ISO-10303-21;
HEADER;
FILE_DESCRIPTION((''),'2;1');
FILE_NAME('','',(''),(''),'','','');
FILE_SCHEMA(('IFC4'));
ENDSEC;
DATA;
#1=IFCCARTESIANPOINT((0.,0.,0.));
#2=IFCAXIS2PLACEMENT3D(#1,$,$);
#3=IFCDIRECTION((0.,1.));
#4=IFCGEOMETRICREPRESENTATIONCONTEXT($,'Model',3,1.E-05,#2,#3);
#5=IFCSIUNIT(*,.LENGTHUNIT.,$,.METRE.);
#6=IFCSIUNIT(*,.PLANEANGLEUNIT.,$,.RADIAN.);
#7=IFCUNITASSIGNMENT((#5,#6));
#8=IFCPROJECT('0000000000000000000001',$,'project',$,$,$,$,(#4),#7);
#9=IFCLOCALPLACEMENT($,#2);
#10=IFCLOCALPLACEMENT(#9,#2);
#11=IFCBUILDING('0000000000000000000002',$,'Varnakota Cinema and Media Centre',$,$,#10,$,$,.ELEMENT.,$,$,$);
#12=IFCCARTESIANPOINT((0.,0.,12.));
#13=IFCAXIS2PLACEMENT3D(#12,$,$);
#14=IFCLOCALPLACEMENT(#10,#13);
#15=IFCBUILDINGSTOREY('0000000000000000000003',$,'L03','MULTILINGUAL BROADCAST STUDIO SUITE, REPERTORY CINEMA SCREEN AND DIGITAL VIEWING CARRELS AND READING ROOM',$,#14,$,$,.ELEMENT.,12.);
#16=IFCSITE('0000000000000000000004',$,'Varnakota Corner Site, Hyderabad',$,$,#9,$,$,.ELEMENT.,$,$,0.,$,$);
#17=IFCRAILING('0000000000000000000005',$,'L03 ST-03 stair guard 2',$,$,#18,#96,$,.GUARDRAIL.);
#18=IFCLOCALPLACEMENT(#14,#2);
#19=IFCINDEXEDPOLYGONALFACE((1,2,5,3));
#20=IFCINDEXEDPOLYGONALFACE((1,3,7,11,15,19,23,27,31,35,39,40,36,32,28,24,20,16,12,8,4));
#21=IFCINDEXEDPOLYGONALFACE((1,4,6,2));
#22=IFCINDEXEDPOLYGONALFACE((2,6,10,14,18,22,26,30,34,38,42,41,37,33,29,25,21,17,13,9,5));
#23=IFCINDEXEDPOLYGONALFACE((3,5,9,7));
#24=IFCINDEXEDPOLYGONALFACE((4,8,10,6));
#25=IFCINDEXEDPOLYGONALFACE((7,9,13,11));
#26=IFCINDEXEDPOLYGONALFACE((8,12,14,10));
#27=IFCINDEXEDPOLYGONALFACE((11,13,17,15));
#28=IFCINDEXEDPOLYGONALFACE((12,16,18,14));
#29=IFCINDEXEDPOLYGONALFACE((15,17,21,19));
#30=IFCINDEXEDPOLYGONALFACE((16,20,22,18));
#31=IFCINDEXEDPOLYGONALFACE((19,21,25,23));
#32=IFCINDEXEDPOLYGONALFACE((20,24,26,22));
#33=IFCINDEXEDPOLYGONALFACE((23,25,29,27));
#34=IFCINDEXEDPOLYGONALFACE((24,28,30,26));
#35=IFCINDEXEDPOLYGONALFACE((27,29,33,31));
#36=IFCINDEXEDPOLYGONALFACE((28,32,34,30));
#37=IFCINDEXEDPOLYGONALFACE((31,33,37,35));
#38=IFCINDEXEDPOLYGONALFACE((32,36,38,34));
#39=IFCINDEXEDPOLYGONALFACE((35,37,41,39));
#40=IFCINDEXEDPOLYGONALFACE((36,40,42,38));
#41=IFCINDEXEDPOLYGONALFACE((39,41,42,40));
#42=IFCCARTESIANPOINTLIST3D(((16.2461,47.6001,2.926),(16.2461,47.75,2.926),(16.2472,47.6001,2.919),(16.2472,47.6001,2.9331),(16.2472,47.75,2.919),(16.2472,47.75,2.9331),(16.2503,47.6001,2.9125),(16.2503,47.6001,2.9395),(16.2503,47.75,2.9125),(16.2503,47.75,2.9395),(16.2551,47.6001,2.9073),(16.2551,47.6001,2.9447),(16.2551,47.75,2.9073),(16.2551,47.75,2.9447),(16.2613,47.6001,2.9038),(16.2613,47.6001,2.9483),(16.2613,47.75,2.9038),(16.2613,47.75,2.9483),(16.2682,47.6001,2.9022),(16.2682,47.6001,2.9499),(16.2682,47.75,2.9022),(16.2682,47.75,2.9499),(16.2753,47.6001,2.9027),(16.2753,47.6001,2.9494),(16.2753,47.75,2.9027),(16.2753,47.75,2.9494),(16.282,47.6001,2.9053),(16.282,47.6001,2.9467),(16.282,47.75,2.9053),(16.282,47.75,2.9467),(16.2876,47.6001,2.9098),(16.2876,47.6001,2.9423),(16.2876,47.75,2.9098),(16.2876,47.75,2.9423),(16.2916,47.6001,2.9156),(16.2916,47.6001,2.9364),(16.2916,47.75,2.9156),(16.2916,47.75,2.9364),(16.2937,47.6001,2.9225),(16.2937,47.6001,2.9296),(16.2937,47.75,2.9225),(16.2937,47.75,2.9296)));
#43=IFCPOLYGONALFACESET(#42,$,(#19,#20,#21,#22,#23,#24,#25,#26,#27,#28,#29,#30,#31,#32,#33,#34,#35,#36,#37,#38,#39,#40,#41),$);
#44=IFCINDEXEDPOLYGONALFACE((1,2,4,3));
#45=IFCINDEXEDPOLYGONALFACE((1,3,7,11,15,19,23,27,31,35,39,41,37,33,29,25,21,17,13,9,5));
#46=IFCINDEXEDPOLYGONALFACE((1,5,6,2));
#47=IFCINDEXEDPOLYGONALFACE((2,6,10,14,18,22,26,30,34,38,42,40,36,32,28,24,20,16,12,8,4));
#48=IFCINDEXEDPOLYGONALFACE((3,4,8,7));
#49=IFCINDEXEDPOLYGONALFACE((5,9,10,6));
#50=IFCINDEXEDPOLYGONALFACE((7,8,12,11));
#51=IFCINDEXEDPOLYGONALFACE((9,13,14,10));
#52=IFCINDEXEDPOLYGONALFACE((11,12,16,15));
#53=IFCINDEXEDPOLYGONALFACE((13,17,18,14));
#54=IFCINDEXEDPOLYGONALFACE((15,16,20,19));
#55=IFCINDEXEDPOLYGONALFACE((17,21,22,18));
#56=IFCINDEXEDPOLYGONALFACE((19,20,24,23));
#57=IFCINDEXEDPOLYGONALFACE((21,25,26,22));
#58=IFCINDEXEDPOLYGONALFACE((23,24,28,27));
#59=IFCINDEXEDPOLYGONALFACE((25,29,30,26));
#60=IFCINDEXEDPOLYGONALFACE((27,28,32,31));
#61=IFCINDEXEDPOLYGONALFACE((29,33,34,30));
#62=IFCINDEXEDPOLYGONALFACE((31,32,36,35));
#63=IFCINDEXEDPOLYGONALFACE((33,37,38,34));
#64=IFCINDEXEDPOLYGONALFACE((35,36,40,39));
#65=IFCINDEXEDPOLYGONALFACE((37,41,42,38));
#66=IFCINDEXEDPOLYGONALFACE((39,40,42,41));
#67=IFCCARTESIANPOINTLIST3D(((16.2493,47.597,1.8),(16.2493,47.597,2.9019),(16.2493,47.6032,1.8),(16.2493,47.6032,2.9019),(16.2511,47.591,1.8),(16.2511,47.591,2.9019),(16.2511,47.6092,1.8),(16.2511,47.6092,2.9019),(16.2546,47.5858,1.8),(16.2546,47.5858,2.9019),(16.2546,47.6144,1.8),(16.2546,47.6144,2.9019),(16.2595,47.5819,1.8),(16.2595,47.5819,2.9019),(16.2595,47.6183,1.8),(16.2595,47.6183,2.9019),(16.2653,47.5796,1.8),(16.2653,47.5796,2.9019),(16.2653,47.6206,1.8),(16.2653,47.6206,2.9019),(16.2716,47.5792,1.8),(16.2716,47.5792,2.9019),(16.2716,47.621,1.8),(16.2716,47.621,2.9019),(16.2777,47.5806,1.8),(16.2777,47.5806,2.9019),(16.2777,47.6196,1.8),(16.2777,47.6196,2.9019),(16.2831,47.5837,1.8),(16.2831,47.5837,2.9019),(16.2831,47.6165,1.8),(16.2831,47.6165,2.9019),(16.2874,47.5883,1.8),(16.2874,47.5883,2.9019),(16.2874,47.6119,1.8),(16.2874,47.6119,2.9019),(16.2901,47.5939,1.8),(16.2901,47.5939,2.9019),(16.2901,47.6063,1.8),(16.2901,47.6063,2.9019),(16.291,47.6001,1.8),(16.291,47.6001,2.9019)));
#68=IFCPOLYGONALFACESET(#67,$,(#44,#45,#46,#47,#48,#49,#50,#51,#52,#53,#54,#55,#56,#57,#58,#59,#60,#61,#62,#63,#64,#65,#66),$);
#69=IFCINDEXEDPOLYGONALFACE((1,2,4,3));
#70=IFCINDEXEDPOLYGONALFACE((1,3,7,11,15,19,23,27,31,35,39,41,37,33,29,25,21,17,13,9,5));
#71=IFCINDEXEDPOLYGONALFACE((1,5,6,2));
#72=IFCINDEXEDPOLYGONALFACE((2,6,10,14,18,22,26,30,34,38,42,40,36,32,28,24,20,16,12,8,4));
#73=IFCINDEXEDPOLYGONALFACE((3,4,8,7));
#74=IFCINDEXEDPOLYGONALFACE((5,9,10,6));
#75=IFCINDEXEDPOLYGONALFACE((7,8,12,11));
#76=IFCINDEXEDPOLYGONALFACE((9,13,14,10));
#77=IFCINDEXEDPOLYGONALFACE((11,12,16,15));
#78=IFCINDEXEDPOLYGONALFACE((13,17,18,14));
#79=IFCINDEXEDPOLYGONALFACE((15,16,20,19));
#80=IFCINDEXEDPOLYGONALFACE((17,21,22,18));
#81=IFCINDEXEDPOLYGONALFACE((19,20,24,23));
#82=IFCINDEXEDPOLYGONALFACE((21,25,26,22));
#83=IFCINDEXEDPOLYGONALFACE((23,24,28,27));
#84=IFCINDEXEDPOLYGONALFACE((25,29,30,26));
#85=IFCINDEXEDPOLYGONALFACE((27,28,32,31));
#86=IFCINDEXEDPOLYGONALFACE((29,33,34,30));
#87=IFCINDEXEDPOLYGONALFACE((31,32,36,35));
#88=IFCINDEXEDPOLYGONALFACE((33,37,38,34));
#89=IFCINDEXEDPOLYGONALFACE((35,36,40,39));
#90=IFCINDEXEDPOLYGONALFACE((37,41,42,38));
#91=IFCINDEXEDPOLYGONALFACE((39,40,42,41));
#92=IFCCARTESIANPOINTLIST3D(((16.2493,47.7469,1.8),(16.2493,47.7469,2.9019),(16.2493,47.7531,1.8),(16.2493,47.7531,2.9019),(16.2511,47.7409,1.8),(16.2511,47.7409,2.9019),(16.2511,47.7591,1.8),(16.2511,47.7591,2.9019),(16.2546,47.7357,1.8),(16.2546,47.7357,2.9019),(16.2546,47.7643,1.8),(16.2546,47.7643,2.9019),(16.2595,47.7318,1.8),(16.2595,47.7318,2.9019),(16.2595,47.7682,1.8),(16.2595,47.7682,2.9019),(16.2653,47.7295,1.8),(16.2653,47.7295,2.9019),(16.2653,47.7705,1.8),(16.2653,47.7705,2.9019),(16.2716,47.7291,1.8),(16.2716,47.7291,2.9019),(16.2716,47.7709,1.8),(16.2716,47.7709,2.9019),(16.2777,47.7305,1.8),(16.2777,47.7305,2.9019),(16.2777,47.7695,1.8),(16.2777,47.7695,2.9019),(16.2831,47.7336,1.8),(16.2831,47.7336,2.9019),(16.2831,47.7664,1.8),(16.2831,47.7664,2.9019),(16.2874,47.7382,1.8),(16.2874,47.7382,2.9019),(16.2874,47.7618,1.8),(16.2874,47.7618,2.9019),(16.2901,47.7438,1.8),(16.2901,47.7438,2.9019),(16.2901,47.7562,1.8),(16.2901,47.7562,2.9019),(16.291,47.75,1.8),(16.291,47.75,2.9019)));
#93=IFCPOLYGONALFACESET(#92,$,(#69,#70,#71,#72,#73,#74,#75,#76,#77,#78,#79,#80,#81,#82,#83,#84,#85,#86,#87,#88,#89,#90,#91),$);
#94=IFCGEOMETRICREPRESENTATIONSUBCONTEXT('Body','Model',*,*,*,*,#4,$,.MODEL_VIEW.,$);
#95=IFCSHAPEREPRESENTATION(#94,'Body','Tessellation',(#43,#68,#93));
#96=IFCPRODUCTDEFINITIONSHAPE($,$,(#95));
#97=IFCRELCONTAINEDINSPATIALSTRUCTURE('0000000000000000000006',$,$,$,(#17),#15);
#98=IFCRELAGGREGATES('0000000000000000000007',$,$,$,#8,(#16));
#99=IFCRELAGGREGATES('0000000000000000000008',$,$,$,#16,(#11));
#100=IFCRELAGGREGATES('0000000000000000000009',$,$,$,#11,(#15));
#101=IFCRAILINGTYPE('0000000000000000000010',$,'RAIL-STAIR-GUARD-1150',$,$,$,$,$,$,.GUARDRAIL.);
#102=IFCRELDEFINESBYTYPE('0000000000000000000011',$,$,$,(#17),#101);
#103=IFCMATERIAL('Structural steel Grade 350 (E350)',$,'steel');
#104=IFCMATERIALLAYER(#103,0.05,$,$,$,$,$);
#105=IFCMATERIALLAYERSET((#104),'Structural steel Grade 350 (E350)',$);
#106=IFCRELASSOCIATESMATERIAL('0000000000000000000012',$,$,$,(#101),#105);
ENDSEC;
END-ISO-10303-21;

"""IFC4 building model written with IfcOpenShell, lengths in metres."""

from ifc_helpers import new_model, si_unit, direction, frame, origin, origin_2d, place, context, subcontext, project, spatial, circle, extrude, material, layer, layer_set, type_object, element, save


model = new_model("IFC4")

# Units and contexts
model_context = context("Model", 3, precision=1e-05, world=origin(), true_north=direction((0.0, 1.0)))
body_context = subcontext(model_context, "Body", "Model", "MODEL_VIEW")
ifc_project = project(units=[si_unit("LENGTHUNIT", "METRE"), si_unit("PLANEANGLEUNIT", "RADIAN")], contexts=[model_context])

# Site, building, storey
site_placement = place(None, origin())
site = spatial("IfcSite", under=ifc_project, at=site_placement, Name="Varnakota Corner Site, Hyderabad", CompositionType="ELEMENT", RefElevation=0.0)
building_placement = place(site_placement, origin())
building = spatial("IfcBuilding", under=site, at=building_placement, Name="Varnakota Cinema and Media Centre", CompositionType="ELEMENT")
storey_placement = place(building_placement, frame((0.0, 0.0, 12.0)))
storey = spatial("IfcBuildingStorey", under=building, at=storey_placement, Name="L03", Description="MULTILINGUAL BROADCAST STUDIO SUITE, REPERTORY CINEMA SCREEN AND DIGITAL VIEWING CARRELS AND READING ROOM", CompositionType="ELEMENT", Elevation=12.0)

# Railing
ifc_material_1 = material(Name="Structural steel Grade 350 (E350)", Category="steel")
ifc_layer_1 = layer(ifc_material_1, 0.05)
ifc_layer_set_1 = layer_set([ifc_layer_1], Name="Structural steel Grade 350 (E350)")
railing_type_1 = type_object("IfcRailingType", Name="RAIL-STAIR-GUARD-1150", PredefinedType="GUARDRAIL", material=ifc_layer_set_1)
railing_1_placement = place(storey_placement, frame((16.27, 47.6001, 1.8)))
element("IfcRailing", 1, at=railing_1_placement, inside=storey, type_object=railing_type_1, Name="L03 ST-03 stair guard 2", PredefinedType="GUARDRAIL", context=body_context, shape_type="SweptSolid", body=[
    extrude(circle(Radius=0.0239, at=origin_2d()), frame((0.0, 0.0, 1.126), z_axis=(0.0, 1.0, 0.0), x_axis=(-1.0, 0.0, 0.0)), (0.0, 0.0, 1.0), 0.1499),
    extrude(circle(Radius=0.021, at=origin_2d()), origin(), (0.0, 0.0, 1.0), 1.1018),
    extrude(circle(Radius=0.021, at=origin_2d()), frame((0.0, 0.1499, 0.0)), (0.0, 0.0, 1.0), 1.1018),
])

save(model, "model.ifc")
